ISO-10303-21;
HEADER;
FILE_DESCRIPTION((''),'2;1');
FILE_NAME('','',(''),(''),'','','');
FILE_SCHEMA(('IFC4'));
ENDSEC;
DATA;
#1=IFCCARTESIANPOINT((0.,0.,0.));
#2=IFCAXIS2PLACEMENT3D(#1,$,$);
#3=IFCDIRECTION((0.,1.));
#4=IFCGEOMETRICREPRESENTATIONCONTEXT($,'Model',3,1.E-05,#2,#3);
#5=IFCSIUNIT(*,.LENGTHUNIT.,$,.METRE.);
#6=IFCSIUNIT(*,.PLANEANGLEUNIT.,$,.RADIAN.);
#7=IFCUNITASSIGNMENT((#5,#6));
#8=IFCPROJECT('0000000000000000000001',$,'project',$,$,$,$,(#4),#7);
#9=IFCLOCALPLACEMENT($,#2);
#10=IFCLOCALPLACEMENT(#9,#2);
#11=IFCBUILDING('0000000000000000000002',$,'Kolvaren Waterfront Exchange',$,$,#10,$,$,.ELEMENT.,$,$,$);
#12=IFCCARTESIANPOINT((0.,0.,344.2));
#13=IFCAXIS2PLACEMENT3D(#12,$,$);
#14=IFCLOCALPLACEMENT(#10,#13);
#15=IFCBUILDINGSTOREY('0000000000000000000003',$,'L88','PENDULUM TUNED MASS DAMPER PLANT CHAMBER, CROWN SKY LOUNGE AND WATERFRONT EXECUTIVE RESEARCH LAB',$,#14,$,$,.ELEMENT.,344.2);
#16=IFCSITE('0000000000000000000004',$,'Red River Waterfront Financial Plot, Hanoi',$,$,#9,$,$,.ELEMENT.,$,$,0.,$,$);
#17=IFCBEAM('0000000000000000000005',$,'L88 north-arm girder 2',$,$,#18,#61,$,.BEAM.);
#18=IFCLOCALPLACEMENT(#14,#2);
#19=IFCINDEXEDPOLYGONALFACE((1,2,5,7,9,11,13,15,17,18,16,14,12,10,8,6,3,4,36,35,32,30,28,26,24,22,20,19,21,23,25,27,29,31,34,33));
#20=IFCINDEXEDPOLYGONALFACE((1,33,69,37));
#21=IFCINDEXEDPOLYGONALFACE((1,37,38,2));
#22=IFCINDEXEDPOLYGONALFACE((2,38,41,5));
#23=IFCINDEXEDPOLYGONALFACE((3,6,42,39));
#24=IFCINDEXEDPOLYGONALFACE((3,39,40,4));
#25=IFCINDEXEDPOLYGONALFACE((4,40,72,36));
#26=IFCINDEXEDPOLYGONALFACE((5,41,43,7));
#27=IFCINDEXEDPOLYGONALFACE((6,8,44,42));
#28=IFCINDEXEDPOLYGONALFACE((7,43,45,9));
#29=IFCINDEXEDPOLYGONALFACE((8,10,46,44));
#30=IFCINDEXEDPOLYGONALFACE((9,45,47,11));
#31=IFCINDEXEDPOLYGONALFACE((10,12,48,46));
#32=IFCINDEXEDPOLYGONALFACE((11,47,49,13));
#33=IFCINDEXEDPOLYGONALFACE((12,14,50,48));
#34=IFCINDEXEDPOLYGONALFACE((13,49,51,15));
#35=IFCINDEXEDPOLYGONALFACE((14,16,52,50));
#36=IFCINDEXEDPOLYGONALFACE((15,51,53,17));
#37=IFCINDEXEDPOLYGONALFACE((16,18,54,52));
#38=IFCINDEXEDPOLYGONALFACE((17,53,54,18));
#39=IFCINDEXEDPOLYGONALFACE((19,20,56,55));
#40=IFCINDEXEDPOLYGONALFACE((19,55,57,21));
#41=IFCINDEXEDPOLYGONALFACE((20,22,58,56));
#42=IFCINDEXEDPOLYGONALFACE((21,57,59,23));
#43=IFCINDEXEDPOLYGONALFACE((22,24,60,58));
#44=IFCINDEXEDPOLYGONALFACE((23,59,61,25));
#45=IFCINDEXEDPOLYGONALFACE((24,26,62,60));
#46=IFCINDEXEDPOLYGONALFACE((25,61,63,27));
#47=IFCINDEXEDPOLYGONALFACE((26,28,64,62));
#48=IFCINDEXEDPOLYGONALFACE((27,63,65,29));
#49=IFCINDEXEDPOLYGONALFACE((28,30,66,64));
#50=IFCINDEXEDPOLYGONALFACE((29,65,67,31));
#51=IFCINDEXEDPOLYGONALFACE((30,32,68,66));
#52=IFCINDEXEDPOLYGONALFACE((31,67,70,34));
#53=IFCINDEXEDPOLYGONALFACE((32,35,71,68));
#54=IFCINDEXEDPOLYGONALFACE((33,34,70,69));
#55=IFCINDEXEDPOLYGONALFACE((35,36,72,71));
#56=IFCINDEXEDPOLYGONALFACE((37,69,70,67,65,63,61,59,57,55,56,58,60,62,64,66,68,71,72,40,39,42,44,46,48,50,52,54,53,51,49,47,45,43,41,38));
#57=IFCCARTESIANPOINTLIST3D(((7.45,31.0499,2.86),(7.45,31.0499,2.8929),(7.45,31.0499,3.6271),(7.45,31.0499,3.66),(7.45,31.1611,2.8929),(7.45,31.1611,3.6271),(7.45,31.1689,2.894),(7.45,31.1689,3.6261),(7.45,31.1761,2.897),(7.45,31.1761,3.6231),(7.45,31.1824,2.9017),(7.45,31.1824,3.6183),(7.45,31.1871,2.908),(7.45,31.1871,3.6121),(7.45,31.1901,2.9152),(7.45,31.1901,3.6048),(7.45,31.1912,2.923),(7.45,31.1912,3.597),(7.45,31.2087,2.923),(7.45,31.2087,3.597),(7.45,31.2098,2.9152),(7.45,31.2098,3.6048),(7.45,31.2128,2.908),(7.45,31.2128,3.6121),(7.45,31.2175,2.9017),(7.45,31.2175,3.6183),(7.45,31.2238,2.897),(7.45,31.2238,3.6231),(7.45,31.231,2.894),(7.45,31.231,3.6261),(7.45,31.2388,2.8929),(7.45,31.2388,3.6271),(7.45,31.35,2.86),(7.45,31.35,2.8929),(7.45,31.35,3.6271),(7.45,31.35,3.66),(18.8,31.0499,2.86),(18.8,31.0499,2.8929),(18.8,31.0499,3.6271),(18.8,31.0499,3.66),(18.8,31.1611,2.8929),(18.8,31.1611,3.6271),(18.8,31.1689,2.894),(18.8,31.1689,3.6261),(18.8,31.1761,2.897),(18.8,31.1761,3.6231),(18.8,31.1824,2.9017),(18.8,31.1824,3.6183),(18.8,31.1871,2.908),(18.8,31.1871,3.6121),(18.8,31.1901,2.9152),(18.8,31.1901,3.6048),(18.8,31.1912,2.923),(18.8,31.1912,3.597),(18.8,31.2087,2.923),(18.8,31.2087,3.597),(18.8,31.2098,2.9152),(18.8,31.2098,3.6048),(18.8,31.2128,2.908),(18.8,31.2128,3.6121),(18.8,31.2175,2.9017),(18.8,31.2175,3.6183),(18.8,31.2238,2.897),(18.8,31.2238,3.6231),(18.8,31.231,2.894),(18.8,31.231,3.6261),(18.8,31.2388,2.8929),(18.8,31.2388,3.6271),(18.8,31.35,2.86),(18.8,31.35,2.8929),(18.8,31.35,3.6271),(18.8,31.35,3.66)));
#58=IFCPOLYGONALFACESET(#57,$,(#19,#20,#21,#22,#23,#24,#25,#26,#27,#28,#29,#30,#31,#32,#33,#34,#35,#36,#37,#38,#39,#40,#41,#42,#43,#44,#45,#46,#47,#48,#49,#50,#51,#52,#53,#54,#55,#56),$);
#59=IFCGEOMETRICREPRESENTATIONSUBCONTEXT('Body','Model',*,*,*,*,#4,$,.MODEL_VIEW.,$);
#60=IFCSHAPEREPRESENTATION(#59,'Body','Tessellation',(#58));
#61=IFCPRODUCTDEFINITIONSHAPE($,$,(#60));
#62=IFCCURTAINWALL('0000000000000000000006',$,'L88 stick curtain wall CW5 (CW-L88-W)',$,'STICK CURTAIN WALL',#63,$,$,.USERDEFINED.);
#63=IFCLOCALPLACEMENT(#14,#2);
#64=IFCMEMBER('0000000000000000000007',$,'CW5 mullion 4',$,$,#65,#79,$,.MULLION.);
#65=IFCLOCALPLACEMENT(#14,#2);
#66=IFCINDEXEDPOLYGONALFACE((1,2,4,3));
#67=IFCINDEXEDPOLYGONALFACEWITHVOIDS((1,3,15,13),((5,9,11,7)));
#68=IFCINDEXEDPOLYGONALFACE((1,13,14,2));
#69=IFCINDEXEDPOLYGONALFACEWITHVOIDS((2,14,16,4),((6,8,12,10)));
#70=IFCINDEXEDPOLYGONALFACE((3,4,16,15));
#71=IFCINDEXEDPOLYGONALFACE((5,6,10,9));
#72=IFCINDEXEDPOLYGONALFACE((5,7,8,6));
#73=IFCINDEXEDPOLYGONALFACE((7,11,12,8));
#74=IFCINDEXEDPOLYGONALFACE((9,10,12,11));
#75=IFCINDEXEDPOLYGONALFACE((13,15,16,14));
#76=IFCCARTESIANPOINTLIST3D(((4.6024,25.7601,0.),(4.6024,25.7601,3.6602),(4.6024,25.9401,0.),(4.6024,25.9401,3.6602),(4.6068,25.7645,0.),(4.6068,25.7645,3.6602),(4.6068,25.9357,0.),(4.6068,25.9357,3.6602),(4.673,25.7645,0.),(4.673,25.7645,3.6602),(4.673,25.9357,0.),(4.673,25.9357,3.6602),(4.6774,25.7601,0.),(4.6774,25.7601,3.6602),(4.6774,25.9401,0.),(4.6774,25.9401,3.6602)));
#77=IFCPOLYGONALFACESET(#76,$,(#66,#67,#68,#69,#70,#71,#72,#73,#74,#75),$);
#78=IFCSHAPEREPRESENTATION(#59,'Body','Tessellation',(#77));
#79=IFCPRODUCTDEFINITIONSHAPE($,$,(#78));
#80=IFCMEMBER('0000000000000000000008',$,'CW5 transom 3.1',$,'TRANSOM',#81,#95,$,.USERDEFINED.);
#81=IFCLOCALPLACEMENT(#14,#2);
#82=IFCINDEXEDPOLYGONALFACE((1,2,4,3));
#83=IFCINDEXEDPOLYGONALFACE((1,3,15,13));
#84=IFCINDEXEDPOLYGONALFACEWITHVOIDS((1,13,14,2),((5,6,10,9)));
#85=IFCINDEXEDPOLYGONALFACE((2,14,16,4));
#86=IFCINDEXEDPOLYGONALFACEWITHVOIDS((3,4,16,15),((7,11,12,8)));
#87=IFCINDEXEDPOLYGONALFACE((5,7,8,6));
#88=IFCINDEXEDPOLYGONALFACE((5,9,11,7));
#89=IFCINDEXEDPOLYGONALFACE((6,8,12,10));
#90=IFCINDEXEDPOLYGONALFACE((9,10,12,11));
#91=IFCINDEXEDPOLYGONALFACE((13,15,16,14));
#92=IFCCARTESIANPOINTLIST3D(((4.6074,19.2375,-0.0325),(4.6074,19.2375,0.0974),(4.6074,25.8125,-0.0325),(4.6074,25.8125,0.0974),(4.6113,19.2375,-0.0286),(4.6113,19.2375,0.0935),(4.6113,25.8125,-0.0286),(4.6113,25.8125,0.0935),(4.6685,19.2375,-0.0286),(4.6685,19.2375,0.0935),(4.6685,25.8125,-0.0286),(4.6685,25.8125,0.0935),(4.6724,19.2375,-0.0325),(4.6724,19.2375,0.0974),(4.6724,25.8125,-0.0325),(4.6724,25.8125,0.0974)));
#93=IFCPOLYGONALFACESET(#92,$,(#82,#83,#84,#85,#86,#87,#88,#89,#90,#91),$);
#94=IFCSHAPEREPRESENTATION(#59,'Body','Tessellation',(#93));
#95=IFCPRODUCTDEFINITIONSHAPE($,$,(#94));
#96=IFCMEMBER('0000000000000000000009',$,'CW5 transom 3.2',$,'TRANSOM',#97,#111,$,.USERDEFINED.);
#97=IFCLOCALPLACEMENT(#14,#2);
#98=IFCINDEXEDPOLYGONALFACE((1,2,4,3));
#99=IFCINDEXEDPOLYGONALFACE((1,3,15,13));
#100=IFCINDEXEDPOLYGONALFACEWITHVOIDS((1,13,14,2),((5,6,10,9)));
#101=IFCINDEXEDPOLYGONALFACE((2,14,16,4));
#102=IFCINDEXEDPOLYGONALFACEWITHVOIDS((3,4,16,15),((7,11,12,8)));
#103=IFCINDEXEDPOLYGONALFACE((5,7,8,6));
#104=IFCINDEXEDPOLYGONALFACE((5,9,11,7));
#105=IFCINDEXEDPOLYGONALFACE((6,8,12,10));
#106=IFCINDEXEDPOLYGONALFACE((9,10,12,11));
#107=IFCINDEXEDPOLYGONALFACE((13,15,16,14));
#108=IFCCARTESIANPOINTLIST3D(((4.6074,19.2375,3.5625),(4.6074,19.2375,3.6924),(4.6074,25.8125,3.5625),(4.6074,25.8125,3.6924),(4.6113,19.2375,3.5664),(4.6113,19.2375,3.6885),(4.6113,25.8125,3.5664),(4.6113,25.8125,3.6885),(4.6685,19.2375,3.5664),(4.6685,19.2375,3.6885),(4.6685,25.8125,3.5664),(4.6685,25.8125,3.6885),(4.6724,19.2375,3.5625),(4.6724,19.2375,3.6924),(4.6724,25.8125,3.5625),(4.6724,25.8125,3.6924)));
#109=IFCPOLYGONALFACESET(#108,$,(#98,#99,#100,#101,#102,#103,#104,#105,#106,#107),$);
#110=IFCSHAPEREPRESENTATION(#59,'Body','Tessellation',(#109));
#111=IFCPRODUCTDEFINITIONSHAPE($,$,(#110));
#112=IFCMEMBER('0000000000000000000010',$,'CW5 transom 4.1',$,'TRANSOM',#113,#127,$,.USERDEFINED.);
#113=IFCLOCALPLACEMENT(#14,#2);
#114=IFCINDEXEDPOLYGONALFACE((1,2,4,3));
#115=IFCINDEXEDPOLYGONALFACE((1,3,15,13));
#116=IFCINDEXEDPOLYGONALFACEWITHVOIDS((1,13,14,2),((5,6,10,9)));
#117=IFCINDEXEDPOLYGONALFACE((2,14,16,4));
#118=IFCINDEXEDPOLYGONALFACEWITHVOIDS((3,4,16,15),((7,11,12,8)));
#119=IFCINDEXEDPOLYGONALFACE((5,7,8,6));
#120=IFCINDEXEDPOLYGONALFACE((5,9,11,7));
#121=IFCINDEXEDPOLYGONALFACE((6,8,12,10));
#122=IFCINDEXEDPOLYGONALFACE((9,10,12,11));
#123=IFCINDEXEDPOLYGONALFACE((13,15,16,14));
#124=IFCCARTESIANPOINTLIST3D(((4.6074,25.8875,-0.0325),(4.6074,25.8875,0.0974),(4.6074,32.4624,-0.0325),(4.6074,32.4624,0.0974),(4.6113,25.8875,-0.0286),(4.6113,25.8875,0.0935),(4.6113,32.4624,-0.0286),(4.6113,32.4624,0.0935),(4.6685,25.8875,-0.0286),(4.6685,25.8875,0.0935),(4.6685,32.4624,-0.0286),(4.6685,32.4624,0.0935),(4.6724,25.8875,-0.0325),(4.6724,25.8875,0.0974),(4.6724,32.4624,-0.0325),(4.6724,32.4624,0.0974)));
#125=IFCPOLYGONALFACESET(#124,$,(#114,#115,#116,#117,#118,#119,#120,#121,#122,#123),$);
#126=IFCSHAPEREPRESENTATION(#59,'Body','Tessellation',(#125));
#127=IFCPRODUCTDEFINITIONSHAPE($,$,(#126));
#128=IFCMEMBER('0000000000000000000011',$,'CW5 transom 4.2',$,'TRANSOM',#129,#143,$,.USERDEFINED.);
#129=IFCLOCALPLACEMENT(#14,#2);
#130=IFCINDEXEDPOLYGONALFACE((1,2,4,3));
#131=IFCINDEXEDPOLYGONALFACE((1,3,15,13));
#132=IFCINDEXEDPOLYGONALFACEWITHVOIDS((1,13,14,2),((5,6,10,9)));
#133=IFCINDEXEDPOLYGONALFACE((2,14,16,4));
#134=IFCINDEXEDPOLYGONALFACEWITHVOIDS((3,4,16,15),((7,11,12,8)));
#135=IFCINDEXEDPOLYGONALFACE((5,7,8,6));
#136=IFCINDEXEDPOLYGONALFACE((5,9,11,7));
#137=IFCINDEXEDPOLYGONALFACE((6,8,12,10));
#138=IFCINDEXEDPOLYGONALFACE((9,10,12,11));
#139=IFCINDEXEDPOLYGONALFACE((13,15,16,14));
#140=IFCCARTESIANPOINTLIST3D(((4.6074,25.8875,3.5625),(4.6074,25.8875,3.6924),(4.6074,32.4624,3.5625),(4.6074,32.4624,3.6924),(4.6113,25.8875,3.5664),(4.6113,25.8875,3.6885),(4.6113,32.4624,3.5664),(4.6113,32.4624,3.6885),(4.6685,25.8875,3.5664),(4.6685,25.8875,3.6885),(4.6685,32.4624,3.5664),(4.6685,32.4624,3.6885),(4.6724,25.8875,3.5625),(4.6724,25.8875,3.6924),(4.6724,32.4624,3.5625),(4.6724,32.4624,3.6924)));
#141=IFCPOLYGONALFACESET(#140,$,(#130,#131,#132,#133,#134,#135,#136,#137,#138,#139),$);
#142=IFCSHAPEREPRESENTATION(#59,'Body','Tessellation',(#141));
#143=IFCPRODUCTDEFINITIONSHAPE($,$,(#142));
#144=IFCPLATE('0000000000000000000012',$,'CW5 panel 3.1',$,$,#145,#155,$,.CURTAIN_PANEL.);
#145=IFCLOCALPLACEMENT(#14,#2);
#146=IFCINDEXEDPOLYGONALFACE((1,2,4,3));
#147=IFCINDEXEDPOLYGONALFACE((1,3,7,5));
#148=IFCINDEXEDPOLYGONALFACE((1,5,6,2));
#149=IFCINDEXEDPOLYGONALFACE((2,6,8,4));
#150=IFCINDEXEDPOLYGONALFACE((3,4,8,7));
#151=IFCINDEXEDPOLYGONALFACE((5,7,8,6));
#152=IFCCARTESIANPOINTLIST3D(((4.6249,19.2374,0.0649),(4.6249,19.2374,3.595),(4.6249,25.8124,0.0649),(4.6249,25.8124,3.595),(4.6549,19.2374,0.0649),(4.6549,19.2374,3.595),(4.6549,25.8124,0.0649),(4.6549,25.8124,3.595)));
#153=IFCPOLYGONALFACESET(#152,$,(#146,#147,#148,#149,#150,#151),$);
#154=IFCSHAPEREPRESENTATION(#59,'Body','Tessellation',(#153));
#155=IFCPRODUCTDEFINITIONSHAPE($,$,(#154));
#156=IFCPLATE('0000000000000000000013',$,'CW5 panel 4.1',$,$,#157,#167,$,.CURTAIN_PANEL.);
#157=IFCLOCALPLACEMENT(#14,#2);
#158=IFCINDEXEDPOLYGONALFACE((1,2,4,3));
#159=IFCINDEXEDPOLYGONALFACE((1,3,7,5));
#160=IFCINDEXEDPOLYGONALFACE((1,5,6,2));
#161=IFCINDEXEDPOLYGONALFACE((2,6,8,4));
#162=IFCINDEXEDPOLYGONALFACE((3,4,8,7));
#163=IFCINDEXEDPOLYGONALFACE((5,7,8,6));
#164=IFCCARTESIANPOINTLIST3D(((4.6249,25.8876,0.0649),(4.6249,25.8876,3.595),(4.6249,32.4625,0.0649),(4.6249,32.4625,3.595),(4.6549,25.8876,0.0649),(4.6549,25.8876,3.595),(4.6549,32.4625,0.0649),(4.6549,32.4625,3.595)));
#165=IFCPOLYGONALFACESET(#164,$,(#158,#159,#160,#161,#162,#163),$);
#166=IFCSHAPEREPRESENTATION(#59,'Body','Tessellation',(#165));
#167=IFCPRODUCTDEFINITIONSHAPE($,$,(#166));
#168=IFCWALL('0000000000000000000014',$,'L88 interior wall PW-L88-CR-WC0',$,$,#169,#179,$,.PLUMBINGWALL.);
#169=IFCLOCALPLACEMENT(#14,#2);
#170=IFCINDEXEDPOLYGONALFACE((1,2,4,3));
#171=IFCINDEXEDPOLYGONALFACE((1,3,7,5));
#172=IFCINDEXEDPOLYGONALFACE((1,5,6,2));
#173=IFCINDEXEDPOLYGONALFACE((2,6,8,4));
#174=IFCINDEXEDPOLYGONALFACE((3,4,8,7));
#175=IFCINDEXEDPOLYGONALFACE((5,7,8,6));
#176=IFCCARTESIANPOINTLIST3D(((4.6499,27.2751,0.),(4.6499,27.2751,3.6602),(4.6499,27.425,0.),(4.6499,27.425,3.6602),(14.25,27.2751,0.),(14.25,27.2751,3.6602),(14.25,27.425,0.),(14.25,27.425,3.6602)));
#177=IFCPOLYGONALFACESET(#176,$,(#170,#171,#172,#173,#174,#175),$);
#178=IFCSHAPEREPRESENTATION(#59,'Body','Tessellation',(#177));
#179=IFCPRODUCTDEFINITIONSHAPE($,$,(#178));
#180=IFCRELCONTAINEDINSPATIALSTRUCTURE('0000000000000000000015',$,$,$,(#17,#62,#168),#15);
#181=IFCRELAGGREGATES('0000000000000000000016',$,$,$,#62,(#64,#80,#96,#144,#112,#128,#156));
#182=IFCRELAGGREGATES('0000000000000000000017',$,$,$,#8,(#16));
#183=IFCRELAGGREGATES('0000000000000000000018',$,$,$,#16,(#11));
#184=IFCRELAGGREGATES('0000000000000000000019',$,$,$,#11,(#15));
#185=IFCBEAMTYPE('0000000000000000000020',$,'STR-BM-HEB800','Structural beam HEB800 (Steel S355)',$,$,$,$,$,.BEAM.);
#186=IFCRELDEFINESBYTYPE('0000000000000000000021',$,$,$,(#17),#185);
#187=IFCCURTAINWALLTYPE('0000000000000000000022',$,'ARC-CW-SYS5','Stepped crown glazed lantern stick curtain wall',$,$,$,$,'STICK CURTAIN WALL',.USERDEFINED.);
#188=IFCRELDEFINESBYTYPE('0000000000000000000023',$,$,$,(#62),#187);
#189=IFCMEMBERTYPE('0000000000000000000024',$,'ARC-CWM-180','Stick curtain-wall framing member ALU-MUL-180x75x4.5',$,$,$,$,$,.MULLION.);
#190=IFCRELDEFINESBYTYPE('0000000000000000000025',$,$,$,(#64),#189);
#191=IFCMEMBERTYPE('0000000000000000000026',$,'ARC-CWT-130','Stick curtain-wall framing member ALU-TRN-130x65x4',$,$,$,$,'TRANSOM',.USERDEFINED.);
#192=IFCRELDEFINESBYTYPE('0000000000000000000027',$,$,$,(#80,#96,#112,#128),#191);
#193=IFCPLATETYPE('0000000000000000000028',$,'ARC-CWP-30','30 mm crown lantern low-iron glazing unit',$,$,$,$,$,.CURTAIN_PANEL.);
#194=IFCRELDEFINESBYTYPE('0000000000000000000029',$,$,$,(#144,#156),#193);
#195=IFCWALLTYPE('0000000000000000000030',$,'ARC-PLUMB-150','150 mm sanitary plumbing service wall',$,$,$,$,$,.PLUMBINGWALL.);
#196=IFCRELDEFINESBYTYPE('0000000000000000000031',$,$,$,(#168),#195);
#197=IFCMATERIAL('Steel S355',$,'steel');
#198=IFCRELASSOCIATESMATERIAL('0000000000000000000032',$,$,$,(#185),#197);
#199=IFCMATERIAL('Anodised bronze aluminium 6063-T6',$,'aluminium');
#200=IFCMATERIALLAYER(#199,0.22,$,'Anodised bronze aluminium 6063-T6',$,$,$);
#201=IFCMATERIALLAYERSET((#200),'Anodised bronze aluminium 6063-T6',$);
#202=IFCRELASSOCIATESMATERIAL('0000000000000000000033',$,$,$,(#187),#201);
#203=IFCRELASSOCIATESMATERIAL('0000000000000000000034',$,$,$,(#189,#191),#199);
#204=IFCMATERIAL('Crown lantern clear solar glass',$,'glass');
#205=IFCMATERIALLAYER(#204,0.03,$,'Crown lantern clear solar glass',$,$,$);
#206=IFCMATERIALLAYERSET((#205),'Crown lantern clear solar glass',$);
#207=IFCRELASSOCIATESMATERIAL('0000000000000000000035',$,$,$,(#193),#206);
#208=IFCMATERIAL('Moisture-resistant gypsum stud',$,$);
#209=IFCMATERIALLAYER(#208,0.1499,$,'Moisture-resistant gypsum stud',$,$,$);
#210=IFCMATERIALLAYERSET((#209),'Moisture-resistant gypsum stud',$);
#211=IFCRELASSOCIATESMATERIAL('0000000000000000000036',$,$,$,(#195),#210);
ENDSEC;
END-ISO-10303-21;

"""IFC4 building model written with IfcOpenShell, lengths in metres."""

from ifc_helpers import new_model, si_unit, direction, frame, frame_2d, origin, origin_with_axes, origin_2d, place, context, subcontext, project, spatial, rectangle, hollow_rectangle, i_section, extrude, source, transform, mapped, material, layer, layer_set, material_profile, profile_set, type_object, element, aggregate, save


model = new_model("IFC4")

# Units and contexts
model_context = context("Model", 3, precision=1e-05, world=origin(), true_north=direction((0.0, 1.0)))
body_context = subcontext(model_context, "Body", "Model", "MODEL_VIEW")
ifc_project = project(units=[si_unit("LENGTHUNIT", "METRE"), si_unit("PLANEANGLEUNIT", "RADIAN")], contexts=[model_context])

# Site, building, storey
site_placement = place(None, origin())
site = spatial("IfcSite", under=ifc_project, at=site_placement, Name="Red River Waterfront Financial Plot, Hanoi", CompositionType="ELEMENT", RefElevation=0.0)
building_placement = place(site_placement, origin())
building = spatial("IfcBuilding", under=site, at=building_placement, Name="Kolvaren Waterfront Exchange", CompositionType="ELEMENT")
storey_placement = place(building_placement, frame((0.0, 0.0, 344.2)))
storey = spatial("IfcBuildingStorey", under=building, at=storey_placement, Name="L88", Description="PENDULUM TUNED MASS DAMPER PLANT CHAMBER, CROWN SKY LOUNGE AND WATERFRONT EXECUTIVE RESEARCH LAB", CompositionType="ELEMENT", Elevation=344.2)

# Beam
ifc_material_1 = material(Name="Steel S355", Category="steel")
ifc_material_profile_1 = material_profile(ifc_material_1, i_section(OverallWidth=0.3, OverallDepth=0.8, WebThickness=0.0176, FlangeThickness=0.033, FilletRadius=0.03, at=origin_2d()), Name="HEB800")
ifc_profile_set_1 = profile_set([ifc_material_profile_1], Name="Steel S355")
beam_type_1 = type_object("IfcBeamType", Name="STR-BM-HEB800", Description="Structural beam HEB800 (Steel S355)", PredefinedType="BEAM", material=ifc_profile_set_1)
beam_1_placement = place(storey_placement, frame((7.45, 31.2, 3.26), z_axis=(1.0, 0.0, 0.0), x_axis=(0.0, 1.0, 0.0)))
element("IfcBeam", 1, at=beam_1_placement, inside=storey, type_object=beam_type_1, Name="L88 north-arm girder 2", PredefinedType="BEAM", context=body_context, shape_type="SweptSolid", body=[
    extrude(i_section(OverallWidth=0.3, OverallDepth=0.8, WebThickness=0.0176, FlangeThickness=0.033, FilletRadius=0.03, at=origin_2d()), origin(), (0.0, 0.0, 1.0), 11.3501),
])

# Curtain wall, members, plates
ifc_material_2 = material(Name="Anodised bronze aluminium 6063-T6", Category="aluminium")
ifc_layer_1 = layer(ifc_material_2, 0.22, Name="Anodised bronze aluminium 6063-T6")
ifc_layer_set_1 = layer_set([ifc_layer_1], Name="Anodised bronze aluminium 6063-T6")
curtain_wall_type = type_object("IfcCurtainWallType", Name="ARC-CW-SYS5", Description="Stepped crown glazed lantern stick curtain wall", ElementType="STICK CURTAIN WALL", PredefinedType="USERDEFINED", material=ifc_layer_set_1)
curtain_wall_placement = place(storey_placement, origin())
curtain_wall = element("IfcCurtainWall", 2, at=curtain_wall_placement, inside=storey, type_object=curtain_wall_type, Name="L88 stick curtain wall CW5 (CW-L88-W)", ObjectType="STICK CURTAIN WALL", PredefinedType="USERDEFINED")
ifc_material_profile_2 = material_profile(ifc_material_2, hollow_rectangle(XDim=0.075, YDim=0.1799, WallThickness=0.0044, at=origin_2d()), Name="ALU-MUL-180x75x4.5")
ifc_profile_set_2 = profile_set([ifc_material_profile_2], Name="Anodised bronze aluminium 6063-T6")
member_type_1 = type_object("IfcMemberType", Name="ARC-CWM-180", Description="Stick curtain-wall framing member ALU-MUL-180x75x4.5", PredefinedType="MULLION", material=ifc_profile_set_2)
shared_shape_1 = source(origin_with_axes(), body_context, "Body", "SweptSolid", [
    extrude(hollow_rectangle(XDim=0.075, YDim=0.1799, WallThickness=0.0044, at=origin_2d()), origin(), (0.0, 0.0, 1.0), 3.6602),
])
member_1_placement = place(storey_placement, frame((4.6399, 25.8501, 0.0), z_axis=(0.0, 0.0, 1.0), x_axis=(-1.0, 0.0, 0.0)))
member_1 = element("IfcMember", 3, at=member_1_placement, type_object=member_type_1, Name="CW5 mullion 4", PredefinedType="MULLION", context=body_context, shape_type="MappedRepresentation", body=[
    mapped(shared_shape_1, transform((0.0, 0.0, 0.0), x_axis=(1.0, 0.0, 0.0), y_axis=(0.0, 1.0, 0.0), z_axis=(0.0, 0.0, 1.0), scale=1.0)),
])
ifc_material_profile_3 = material_profile(ifc_material_2, hollow_rectangle(XDim=0.0649, YDim=0.1299, WallThickness=0.0039, at=origin_2d()), Name="ALU-TRN-130x65x4")
ifc_profile_set_3 = profile_set([ifc_material_profile_3], Name="Anodised bronze aluminium 6063-T6")
member_type_2 = type_object("IfcMemberType", Name="ARC-CWT-130", Description="Stick curtain-wall framing member ALU-TRN-130x65x4", ElementType="TRANSOM", PredefinedType="USERDEFINED", material=ifc_profile_set_3)
shared_shape_2 = source(origin_with_axes(), body_context, "Body", "SweptSolid", [
    extrude(hollow_rectangle(XDim=0.0649, YDim=0.1299, WallThickness=0.0039, at=origin_2d()), origin(), (0.0, 0.0, 1.0), 6.575),
])
member_2_placement = place(storey_placement, frame((4.6399, 19.2375, 0.0325), z_axis=(0.0, 1.0, 0.0), x_axis=(-1.0, 0.0, 0.0)))
member_2 = element("IfcMember", 4, at=member_2_placement, type_object=member_type_2, Name="CW5 transom 3.1", ObjectType="TRANSOM", PredefinedType="USERDEFINED", context=body_context, shape_type="MappedRepresentation", body=[
    mapped(shared_shape_2, transform((0.0, 0.0, 0.0), x_axis=(1.0, 0.0, 0.0), y_axis=(0.0, 1.0, 0.0), z_axis=(0.0, 0.0, 1.0), scale=1.0)),
])
member_3_placement = place(storey_placement, frame((4.6399, 19.2375, 3.6274), z_axis=(0.0, 1.0, 0.0), x_axis=(-1.0, 0.0, 0.0)))
member_3 = element("IfcMember", 5, at=member_3_placement, type_object=member_type_2, Name="CW5 transom 3.2", ObjectType="TRANSOM", PredefinedType="USERDEFINED", context=body_context, shape_type="MappedRepresentation", body=[
    mapped(shared_shape_2, transform((0.0, 0.0, 0.0), x_axis=(1.0, 0.0, 0.0), y_axis=(0.0, 1.0, 0.0), z_axis=(0.0, 0.0, 1.0), scale=1.0)),
])
member_4_placement = place(storey_placement, frame((4.6399, 25.8875, 0.0325), z_axis=(0.0, 1.0, 0.0), x_axis=(-1.0, 0.0, 0.0)))
member_4 = element("IfcMember", 6, at=member_4_placement, type_object=member_type_2, Name="CW5 transom 4.1", ObjectType="TRANSOM", PredefinedType="USERDEFINED", context=body_context, shape_type="MappedRepresentation", body=[
    mapped(shared_shape_2, transform((0.0, 0.0, 0.0), x_axis=(1.0, 0.0, 0.0), y_axis=(0.0, 1.0, 0.0), z_axis=(0.0, 0.0, 1.0), scale=1.0)),
])
member_5_placement = place(storey_placement, frame((4.6399, 25.8875, 3.6274), z_axis=(0.0, 1.0, 0.0), x_axis=(-1.0, 0.0, 0.0)))
member_5 = element("IfcMember", 7, at=member_5_placement, type_object=member_type_2, Name="CW5 transom 4.2", ObjectType="TRANSOM", PredefinedType="USERDEFINED", context=body_context, shape_type="MappedRepresentation", body=[
    mapped(shared_shape_2, transform((0.0, 0.0, 0.0), x_axis=(1.0, 0.0, 0.0), y_axis=(0.0, 1.0, 0.0), z_axis=(0.0, 0.0, 1.0), scale=1.0)),
])
ifc_material_3 = material(Name="Crown lantern clear solar glass", Category="glass")
ifc_layer_2 = layer(ifc_material_3, 0.03, Name="Crown lantern clear solar glass")
ifc_layer_set_2 = layer_set([ifc_layer_2], Name="Crown lantern clear solar glass")
plate_type = type_object("IfcPlateType", Name="ARC-CWP-30", Description="30 mm crown lantern low-iron glazing unit", PredefinedType="CURTAIN_PANEL", material=ifc_layer_set_2)
shared_shape_3 = source(origin_with_axes(), body_context, "Body", "SweptSolid", [
    extrude(rectangle(XDim=6.575, YDim=0.03, at=origin_2d()), origin(), (0.0, 0.0, 1.0), 3.53),
])
plate_1_placement = place(storey_placement, frame((4.6399, 22.5249, 0.0649), z_axis=(0.0, 0.0, 1.0), x_axis=(0.0, 1.0, 0.0)))
plate_1 = element("IfcPlate", 8, at=plate_1_placement, type_object=plate_type, Name="CW5 panel 3.1", PredefinedType="CURTAIN_PANEL", context=body_context, shape_type="MappedRepresentation", body=[
    mapped(shared_shape_3, transform((0.0, 0.0, 0.0), x_axis=(1.0, 0.0, 0.0), y_axis=(0.0, 1.0, 0.0), z_axis=(0.0, 0.0, 1.0), scale=1.0)),
])
plate_2_placement = place(storey_placement, frame((4.6399, 29.175, 0.0649), z_axis=(0.0, 0.0, 1.0), x_axis=(0.0, 1.0, 0.0)))
plate_2 = element("IfcPlate", 9, at=plate_2_placement, type_object=plate_type, Name="CW5 panel 4.1", PredefinedType="CURTAIN_PANEL", context=body_context, shape_type="MappedRepresentation", body=[
    mapped(shared_shape_3, transform((0.0, 0.0, 0.0), x_axis=(1.0, 0.0, 0.0), y_axis=(0.0, 1.0, 0.0), z_axis=(0.0, 0.0, 1.0), scale=1.0)),
])
aggregate(curtain_wall, [member_1, member_2, member_3, plate_1, member_4, member_5, plate_2])

# Wall
ifc_material_4 = material(Name="Moisture-resistant gypsum stud")
ifc_layer_3 = layer(ifc_material_4, 0.1499, Name="Moisture-resistant gypsum stud")
ifc_layer_set_3 = layer_set([ifc_layer_3], Name="Moisture-resistant gypsum stud")
wall_type_1 = type_object("IfcWallType", Name="ARC-PLUMB-150", Description="150 mm sanitary plumbing service wall", PredefinedType="PLUMBINGWALL", material=ifc_layer_set_3)
wall_1_placement = place(storey_placement, frame((4.6499, 27.3501, 0.0), z_axis=(0.0, 0.0, 1.0), x_axis=(1.0, 0.0, 0.0)))
element("IfcWall", 10, at=wall_1_placement, inside=storey, type_object=wall_type_1, Name="L88 interior wall PW-L88-CR-WC0", PredefinedType="PLUMBINGWALL", context=body_context, shape_type="SweptSolid", body=[
    extrude(rectangle(XDim=9.6001, YDim=0.1499, at=frame_2d((4.8, 0.0))), origin(), (0.0, 0.0, 1.0), 3.6602),
])

save(model, "model.ifc")
